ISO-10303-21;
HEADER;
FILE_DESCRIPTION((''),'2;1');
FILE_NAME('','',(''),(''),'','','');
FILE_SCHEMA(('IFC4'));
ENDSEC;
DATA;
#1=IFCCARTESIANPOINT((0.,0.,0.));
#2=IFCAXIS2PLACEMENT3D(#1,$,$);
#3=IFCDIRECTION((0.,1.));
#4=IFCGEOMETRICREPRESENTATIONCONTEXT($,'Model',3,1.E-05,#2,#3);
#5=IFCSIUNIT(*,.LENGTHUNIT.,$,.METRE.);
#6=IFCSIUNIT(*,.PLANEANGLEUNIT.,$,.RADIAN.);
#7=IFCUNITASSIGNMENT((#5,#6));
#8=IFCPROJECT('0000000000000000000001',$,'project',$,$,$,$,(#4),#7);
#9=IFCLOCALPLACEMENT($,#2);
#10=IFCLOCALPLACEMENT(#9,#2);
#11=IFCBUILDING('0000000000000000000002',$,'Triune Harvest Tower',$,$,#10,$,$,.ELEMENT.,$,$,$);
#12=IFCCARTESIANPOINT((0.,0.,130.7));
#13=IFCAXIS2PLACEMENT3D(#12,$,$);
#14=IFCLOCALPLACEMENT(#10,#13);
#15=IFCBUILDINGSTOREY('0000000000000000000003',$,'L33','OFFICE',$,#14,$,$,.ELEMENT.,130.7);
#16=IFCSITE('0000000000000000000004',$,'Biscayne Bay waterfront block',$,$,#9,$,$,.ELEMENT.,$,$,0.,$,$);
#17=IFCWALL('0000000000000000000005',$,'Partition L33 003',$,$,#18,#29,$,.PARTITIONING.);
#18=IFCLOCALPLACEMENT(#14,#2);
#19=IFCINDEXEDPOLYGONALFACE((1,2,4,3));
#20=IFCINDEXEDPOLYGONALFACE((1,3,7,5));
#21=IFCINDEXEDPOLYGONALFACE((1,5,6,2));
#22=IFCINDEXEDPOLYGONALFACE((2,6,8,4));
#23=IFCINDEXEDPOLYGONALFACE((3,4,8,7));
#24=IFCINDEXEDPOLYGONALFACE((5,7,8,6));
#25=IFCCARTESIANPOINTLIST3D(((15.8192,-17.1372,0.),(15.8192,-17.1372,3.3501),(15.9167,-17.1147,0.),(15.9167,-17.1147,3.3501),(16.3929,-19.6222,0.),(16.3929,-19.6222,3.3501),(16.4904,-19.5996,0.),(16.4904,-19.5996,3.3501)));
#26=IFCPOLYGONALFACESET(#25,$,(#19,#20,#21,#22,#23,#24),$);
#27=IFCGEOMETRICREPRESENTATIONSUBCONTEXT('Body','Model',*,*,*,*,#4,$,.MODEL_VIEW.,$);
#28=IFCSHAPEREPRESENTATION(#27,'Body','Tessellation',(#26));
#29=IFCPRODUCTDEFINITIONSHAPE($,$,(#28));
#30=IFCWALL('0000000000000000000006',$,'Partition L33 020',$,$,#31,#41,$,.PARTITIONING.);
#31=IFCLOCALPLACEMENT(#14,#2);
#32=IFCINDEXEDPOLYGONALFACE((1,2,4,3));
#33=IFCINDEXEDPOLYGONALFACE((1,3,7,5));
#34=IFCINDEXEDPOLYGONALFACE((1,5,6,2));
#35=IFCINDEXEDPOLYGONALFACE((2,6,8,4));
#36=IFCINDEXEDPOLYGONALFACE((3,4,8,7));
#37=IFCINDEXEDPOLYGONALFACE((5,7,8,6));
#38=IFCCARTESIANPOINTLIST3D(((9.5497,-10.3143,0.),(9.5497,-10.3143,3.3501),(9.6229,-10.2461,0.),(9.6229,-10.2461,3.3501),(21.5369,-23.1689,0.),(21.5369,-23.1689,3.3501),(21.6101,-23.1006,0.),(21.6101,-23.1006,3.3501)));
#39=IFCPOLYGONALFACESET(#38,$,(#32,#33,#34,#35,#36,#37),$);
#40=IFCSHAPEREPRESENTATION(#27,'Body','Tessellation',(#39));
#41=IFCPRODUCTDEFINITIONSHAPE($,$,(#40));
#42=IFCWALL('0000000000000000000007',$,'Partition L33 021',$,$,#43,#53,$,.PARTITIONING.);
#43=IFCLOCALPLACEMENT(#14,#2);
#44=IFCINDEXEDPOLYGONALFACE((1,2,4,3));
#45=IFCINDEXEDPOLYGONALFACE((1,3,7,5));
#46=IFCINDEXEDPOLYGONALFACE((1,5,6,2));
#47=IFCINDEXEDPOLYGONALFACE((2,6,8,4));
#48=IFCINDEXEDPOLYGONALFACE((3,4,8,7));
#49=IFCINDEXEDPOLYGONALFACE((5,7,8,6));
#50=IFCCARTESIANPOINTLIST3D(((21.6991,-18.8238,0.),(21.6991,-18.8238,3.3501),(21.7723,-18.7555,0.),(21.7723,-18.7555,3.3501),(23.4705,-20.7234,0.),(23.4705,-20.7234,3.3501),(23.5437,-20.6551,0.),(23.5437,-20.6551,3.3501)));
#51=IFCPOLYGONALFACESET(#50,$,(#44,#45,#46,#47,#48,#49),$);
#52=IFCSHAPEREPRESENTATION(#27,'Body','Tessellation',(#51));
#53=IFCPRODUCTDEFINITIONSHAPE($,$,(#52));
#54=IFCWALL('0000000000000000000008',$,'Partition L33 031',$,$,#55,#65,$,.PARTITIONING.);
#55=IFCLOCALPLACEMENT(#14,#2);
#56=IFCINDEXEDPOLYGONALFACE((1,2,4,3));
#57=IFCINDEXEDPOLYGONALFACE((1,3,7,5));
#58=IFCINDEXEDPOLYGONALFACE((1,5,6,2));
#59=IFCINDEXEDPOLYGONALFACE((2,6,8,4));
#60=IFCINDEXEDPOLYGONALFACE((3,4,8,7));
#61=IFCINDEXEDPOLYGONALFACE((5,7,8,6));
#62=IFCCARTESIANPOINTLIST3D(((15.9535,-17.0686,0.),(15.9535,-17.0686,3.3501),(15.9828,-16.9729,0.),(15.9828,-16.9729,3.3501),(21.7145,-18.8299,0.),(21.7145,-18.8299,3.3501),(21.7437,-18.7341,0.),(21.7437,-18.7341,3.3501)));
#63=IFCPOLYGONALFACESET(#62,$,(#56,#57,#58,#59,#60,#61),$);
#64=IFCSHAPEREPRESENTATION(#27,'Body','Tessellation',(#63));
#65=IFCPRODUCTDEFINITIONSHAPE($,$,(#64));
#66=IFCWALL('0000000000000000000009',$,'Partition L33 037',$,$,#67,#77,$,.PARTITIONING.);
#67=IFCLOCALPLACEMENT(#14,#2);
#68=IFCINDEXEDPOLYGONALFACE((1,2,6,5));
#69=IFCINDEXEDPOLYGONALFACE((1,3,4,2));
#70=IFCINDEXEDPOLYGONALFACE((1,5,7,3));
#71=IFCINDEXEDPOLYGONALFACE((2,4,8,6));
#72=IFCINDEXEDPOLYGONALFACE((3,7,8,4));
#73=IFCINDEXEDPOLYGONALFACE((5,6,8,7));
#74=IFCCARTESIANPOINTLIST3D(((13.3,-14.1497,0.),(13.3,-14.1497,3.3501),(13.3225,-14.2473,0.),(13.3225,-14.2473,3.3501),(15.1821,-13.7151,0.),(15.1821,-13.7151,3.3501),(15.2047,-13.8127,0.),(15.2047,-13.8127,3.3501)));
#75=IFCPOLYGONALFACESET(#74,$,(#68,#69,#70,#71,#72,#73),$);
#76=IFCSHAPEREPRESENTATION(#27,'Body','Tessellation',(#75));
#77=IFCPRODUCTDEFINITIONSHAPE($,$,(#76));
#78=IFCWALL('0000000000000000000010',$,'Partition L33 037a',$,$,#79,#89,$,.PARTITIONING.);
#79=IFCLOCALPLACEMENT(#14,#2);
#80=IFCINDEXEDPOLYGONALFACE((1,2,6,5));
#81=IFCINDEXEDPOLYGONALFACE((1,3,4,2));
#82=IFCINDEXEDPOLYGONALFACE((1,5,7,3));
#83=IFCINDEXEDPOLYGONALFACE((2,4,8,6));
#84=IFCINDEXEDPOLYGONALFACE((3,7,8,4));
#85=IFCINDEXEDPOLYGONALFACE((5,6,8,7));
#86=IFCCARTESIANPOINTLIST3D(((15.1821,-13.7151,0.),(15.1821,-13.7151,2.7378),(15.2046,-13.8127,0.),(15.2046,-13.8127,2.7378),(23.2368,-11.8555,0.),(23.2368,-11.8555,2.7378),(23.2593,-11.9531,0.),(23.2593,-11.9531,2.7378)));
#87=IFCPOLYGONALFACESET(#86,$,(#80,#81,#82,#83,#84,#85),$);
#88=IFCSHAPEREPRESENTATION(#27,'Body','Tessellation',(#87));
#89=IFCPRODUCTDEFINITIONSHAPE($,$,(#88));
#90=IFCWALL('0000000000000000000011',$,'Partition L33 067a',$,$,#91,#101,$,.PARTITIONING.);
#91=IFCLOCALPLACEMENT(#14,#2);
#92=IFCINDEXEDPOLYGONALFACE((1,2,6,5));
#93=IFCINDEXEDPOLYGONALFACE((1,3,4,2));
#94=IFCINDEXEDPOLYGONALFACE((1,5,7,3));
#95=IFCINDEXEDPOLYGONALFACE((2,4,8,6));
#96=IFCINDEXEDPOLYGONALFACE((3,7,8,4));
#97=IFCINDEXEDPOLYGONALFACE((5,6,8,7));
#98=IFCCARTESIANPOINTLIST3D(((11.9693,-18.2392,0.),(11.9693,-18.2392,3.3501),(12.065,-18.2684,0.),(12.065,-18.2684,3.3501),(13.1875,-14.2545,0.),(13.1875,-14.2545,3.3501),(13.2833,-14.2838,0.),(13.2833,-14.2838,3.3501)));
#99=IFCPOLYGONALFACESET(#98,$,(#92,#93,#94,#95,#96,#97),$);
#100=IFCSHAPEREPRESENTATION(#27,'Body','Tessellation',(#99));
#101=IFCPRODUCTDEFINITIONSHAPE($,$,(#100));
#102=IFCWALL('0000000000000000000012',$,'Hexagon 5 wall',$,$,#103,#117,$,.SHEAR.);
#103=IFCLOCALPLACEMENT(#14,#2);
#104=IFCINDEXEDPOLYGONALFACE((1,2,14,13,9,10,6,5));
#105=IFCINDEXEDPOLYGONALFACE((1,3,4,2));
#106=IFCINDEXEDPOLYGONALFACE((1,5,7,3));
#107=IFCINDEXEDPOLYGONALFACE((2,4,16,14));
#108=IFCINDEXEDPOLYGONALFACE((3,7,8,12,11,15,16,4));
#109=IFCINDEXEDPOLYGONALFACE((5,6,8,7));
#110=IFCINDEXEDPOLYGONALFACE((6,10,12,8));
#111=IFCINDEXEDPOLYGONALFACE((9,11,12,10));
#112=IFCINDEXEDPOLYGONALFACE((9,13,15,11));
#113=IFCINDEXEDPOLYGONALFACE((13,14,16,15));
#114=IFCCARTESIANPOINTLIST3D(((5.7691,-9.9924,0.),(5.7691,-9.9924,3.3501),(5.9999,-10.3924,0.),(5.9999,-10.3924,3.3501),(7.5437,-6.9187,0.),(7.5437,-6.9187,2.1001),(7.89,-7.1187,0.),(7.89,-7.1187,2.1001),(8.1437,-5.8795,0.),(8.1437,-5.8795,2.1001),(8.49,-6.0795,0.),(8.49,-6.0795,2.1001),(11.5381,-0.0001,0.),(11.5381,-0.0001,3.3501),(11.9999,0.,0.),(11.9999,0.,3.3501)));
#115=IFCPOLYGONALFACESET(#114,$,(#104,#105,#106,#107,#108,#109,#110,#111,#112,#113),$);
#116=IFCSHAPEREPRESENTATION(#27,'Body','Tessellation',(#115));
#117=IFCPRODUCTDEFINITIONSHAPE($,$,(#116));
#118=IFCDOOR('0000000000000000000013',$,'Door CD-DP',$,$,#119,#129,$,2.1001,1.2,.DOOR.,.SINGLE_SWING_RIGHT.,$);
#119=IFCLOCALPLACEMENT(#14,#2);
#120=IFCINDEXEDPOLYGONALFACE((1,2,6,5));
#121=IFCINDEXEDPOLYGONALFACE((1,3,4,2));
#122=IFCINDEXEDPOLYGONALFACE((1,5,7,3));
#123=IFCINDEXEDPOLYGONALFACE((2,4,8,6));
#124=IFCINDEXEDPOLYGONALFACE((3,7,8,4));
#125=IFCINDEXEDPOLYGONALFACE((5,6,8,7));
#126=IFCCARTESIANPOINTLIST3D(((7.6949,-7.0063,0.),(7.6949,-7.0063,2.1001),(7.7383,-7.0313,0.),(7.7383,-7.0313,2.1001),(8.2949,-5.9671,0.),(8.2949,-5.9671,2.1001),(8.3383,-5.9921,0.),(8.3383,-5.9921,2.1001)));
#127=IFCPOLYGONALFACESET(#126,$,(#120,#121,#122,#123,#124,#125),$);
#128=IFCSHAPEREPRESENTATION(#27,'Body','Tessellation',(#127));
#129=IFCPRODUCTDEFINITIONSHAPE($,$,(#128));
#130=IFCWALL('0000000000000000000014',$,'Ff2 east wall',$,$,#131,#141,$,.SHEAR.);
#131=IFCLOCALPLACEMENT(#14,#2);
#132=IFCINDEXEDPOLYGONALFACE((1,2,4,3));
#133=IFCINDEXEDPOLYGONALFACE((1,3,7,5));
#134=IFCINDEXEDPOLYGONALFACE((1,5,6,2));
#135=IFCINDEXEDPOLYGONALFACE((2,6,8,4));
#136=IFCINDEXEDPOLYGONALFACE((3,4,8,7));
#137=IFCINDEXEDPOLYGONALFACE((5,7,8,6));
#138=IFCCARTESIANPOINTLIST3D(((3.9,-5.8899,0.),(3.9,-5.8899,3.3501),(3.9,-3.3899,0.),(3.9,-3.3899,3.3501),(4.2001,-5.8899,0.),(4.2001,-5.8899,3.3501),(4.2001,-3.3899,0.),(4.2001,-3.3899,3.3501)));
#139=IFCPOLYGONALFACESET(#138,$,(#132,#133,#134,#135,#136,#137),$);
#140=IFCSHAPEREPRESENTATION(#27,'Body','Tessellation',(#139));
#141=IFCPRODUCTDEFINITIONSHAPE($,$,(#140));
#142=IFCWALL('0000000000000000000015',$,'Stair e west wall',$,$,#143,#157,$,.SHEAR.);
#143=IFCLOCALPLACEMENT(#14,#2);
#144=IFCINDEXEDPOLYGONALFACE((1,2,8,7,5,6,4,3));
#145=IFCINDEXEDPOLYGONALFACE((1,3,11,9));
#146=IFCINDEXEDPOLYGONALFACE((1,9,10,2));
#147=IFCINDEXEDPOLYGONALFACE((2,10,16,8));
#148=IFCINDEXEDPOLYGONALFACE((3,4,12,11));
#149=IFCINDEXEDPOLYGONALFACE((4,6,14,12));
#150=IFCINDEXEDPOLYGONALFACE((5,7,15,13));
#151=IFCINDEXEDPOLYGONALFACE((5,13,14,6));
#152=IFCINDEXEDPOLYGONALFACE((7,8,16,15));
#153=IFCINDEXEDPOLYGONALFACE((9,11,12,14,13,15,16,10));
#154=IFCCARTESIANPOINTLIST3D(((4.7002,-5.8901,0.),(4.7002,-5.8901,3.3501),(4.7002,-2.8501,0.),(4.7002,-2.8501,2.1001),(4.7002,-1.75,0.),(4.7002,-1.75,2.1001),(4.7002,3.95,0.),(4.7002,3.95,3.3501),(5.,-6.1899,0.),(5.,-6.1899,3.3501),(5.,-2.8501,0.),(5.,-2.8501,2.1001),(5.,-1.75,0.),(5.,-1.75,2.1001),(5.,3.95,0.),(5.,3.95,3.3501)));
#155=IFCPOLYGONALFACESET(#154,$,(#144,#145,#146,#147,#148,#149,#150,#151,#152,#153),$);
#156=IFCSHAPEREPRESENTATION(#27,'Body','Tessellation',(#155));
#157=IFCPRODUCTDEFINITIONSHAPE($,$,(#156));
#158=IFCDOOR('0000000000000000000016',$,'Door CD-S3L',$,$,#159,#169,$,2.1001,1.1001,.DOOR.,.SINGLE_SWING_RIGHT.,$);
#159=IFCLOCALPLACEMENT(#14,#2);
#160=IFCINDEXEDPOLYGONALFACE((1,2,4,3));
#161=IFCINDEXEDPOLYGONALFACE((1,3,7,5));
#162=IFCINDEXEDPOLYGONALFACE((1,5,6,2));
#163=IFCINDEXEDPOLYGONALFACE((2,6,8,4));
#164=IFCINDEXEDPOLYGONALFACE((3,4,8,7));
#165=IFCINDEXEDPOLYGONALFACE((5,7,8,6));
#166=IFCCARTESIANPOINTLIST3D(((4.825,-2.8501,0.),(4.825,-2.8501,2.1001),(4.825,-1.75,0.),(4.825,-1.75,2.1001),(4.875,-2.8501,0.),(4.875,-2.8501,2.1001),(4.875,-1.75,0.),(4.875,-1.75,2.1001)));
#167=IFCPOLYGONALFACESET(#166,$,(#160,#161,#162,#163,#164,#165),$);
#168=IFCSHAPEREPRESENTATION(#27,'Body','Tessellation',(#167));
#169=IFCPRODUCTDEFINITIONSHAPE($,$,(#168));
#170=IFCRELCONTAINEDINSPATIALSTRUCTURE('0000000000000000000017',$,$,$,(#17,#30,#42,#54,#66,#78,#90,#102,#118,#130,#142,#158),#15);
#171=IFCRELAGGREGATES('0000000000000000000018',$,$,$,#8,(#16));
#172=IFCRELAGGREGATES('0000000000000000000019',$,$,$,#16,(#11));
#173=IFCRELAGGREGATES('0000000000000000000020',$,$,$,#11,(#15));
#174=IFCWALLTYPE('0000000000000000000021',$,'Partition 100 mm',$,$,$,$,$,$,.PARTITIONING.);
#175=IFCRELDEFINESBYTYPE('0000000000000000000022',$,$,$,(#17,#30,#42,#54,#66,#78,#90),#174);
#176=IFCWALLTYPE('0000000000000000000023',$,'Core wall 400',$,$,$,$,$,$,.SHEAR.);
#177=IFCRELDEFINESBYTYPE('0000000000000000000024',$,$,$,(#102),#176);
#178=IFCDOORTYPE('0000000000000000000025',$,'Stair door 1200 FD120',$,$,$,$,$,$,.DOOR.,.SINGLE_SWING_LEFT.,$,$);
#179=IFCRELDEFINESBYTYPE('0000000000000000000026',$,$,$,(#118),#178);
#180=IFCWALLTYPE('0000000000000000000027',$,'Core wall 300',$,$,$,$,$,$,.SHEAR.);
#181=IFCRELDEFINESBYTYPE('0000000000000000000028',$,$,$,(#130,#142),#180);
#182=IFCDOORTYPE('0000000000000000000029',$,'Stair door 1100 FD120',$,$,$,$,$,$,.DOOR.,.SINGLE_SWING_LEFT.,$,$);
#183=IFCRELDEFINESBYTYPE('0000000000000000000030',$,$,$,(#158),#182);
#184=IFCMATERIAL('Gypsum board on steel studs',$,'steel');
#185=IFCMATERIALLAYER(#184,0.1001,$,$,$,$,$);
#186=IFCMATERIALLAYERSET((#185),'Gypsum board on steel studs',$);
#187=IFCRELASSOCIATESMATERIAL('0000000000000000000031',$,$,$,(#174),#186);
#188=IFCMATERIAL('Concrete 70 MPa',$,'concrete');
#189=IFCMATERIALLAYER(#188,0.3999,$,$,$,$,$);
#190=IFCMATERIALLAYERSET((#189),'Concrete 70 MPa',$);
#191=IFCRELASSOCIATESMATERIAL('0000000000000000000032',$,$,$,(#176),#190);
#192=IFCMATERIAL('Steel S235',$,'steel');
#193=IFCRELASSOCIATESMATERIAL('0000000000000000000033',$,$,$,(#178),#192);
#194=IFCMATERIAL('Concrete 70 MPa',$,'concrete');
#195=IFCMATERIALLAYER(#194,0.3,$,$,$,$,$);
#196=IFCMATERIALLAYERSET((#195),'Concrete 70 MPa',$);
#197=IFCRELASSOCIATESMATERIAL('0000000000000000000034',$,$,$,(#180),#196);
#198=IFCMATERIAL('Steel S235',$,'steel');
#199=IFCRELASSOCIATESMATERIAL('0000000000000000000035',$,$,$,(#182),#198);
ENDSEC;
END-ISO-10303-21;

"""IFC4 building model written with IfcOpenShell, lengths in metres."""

from ifc_helpers import new_model, si_unit, direction, frame, frame_2d, origin, place, context, subcontext, project, spatial, polyline, rectangle, outline, extrude, source, transform, mapped, material, layer, layer_set, type_object, element, fill, save


model = new_model("IFC4")

# Units and contexts
model_context = context("Model", 3, precision=1e-05, world=origin(), true_north=direction((0.0, 1.0)))
body_context = subcontext(model_context, "Body", "Model", "MODEL_VIEW")
ifc_project = project(units=[si_unit("LENGTHUNIT", "METRE"), si_unit("PLANEANGLEUNIT", "RADIAN")], contexts=[model_context])

# Site, building, storey
site_placement = place(None, origin())
site = spatial("IfcSite", under=ifc_project, at=site_placement, Name="Biscayne Bay waterfront block", CompositionType="ELEMENT", RefElevation=0.0)
building_placement = place(site_placement, origin())
building = spatial("IfcBuilding", under=site, at=building_placement, Name="Triune Harvest Tower", CompositionType="ELEMENT")
storey_placement = place(building_placement, frame((0.0, 0.0, 130.7)))
storey = spatial("IfcBuildingStorey", under=building, at=storey_placement, Name="L33", Description="OFFICE", CompositionType="ELEMENT", Elevation=130.7)

# Walls
ifc_material_1 = material(Name="Gypsum board on steel studs", Category="steel")
ifc_layer_1 = layer(ifc_material_1, 0.1001)
ifc_layer_set_1 = layer_set([ifc_layer_1], Name="Gypsum board on steel studs")
wall_type_1 = type_object("IfcWallType", Name="Partition 100 mm", PredefinedType="PARTITIONING", material=ifc_layer_set_1)
wall_1_placement = place(storey_placement, frame((15.8679, -17.126, 0.0), z_axis=(0.0, 0.0, 1.0), x_axis=(0.224971, -0.974365, 0.0)))
element("IfcWall", 1, at=wall_1_placement, inside=storey, type_object=wall_type_1, Name="Partition L33 003", PredefinedType="PARTITIONING", context=body_context, shape_type="SweptSolid", body=[
    extrude(rectangle(XDim=2.5503, YDim=0.1001, at=frame_2d((1.2751, 0.0))), origin(), (0.0, 0.0, 1.0), 3.3501),
])
wall_2_placement = place(storey_placement, frame((9.5864, -10.2803, 0.0), z_axis=(0.0, 0.0, 1.0), x_axis=(0.682, -0.731352, 0.0)))
element("IfcWall", 2, at=wall_2_placement, inside=storey, type_object=wall_type_1, Name="Partition L33 020", PredefinedType="PARTITIONING", context=body_context, shape_type="SweptSolid", body=[
    extrude(rectangle(XDim=17.5764, YDim=0.1001, at=frame_2d((8.7881, 0.0))), origin(), (0.0, 0.0, 1.0), 3.3501),
])
wall_3_placement = place(storey_placement, frame((21.7356, -18.7896, 0.0), z_axis=(0.0, 0.0, 1.0), x_axis=(0.682003, -0.731349, 0.0)))
element("IfcWall", 3, at=wall_3_placement, inside=storey, type_object=wall_type_1, Name="Partition L33 021", PredefinedType="PARTITIONING", context=body_context, shape_type="SweptSolid", body=[
    extrude(rectangle(XDim=2.5974, YDim=0.1001, at=frame_2d((1.2988, 0.0))), origin(), (0.0, 0.0, 1.0), 3.3501),
])
wall_4_placement = place(storey_placement, frame((15.968, -17.0208, 0.0), z_axis=(0.0, 0.0, 1.0), x_axis=(0.956308, -0.29236, 0.0)))
element("IfcWall", 4, at=wall_4_placement, inside=storey, type_object=wall_type_1, Name="Partition L33 031", PredefinedType="PARTITIONING", context=body_context, shape_type="SweptSolid", body=[
    extrude(rectangle(XDim=6.0242, YDim=0.1001, at=frame_2d((3.0122, 0.0))), origin(), (0.0, 0.0, 1.0), 3.3501),
])
wall_5_placement = place(storey_placement, frame((13.3113, -14.1985, 0.0), z_axis=(0.0, 0.0, 1.0), x_axis=(0.974363, 0.22498, 0.0)))
element("IfcWall", 5, at=wall_5_placement, inside=storey, type_object=wall_type_1, Name="Partition L33 037", PredefinedType="PARTITIONING", context=body_context, shape_type="SweptSolid", body=[
    extrude(rectangle(XDim=1.9316, YDim=0.1001, at=frame_2d((0.9658, 0.0))), origin(), (0.0, 0.0, 1.0), 3.3501),
])
wall_6_placement = place(storey_placement, frame((15.1934, -13.7639, 0.0), z_axis=(0.0, 0.0, 1.0), x_axis=(0.974369, 0.224957, 0.0)))
element("IfcWall", 6, at=wall_6_placement, inside=storey, type_object=wall_type_1, Name="Partition L33 037a", PredefinedType="PARTITIONING", context=body_context, shape_type="SweptSolid", body=[
    extrude(rectangle(XDim=8.2666, YDim=0.1001, at=frame_2d((4.1333, 0.0))), origin(), (0.0, 0.0, 1.0), 2.7378),
])
wall_7_placement = place(storey_placement, frame((12.0171, -18.2539, 0.0), z_axis=(0.0, 0.0, 1.0), x_axis=(0.292381, 0.956302, 0.0)))
element("IfcWall", 7, at=wall_7_placement, inside=storey, type_object=wall_type_1, Name="Partition L33 067a", PredefinedType="PARTITIONING", context=body_context, shape_type="SweptSolid", body=[
    extrude(rectangle(XDim=4.1667, YDim=0.1001, at=frame_2d((2.0835, 0.0))), origin(), (0.0, 0.0, 1.0), 3.3501),
])

# Wall, opening, door
ifc_material_2 = material(Name="Concrete 70 MPa", Category="concrete")
ifc_layer_2 = layer(ifc_material_2, 0.3999)
ifc_layer_set_2 = layer_set([ifc_layer_2], Name="Concrete 70 MPa")
wall_type_2 = type_object("IfcWallType", Name="Core wall 400", PredefinedType="SHEAR", material=ifc_layer_set_2)
shared_shape_1 = source(origin(), body_context, "Body", "SweptSolid", [
    extrude(outline(polyline([(-0.1155, -0.2), (11.8845, -0.2), (11.6536, 0.2), (0.1155, 0.2), (-0.1155, -0.2)])), origin(), (0.0, 0.0, 1.0), 3.3501),
])
wall_8_placement = place(storey_placement, frame((5.8845, -10.1924, 0.0), z_axis=(0.0, 0.0, 1.0), x_axis=(0.499997, 0.866027, 0.0)))
wall_8 = element("IfcWall", 8, at=wall_8_placement, inside=storey, type_object=wall_type_2, Name="Hexagon 5 wall", PredefinedType="SHEAR", context=body_context, shape_type="MappedRepresentation", body=[
    mapped(shared_shape_1, transform((0.0, 0.0, 0.0), scale=1.0)),
])
opening_1_placement = place(wall_8_placement, frame((3.6646, 0.0, 0.0)))
opening_1 = element("IfcOpeningElement", 9, at=opening_1_placement, cuts=wall_8, PredefinedType="OPENING", context=body_context, shape_type="SweptSolid", body=[
    extrude(rectangle(XDim=1.2, YDim=2.1001, at=frame_2d((0.6001, 1.05))), frame((0.0, 0.21, 0.0), z_axis=(0.0, -1.0, 0.0), x_axis=(1.0, 0.0, 0.0)), (0.0, 0.0, 1.0), 0.4199),
])
ifc_material_3 = material(Name="Steel S235", Category="steel")
door_type_1 = type_object("IfcDoorType", Name="Stair door 1200 FD120", OperationType="SINGLE_SWING_LEFT", PredefinedType="DOOR", material=ifc_material_3)
door_1_placement = place(opening_1_placement, frame((1.2, 0.0, 0.0), z_axis=(0.0, 0.0, 1.0), x_axis=(-1.0, 0.0, 0.0)))
door_1 = element("IfcDoor", 10, at=door_1_placement, inside=storey, type_object=door_type_1, Name="Door CD-DP", OperationType="SINGLE_SWING_RIGHT", OverallHeight=2.1001, OverallWidth=1.2, PredefinedType="DOOR", context=body_context, shape_type="SweptSolid", body=[
    extrude(rectangle(XDim=1.2, YDim=2.1001, at=frame_2d((0.6001, 1.05))), frame((0.0, 0.0249, 0.0), z_axis=(0.0, -1.0, 0.0), x_axis=(1.0, 0.0, 0.0)), (0.0, 0.0, 1.0), 0.05),
])
fill(opening_1, door_1)

# Wall
ifc_material_4 = material(Name="Concrete 70 MPa", Category="concrete")
ifc_layer_3 = layer(ifc_material_4, 0.3)
ifc_layer_set_3 = layer_set([ifc_layer_3], Name="Concrete 70 MPa")
wall_type_3 = type_object("IfcWallType", Name="Core wall 300", PredefinedType="SHEAR", material=ifc_layer_set_3)
shared_shape_2 = source(origin(), body_context, "Body", "SweptSolid", [
    extrude(rectangle(XDim=2.5, YDim=0.3, at=frame_2d((1.25, 0.0))), origin(), (0.0, 0.0, 1.0), 3.3501),
])
wall_9_placement = place(storey_placement, frame((4.05, -5.8899, 0.0), z_axis=(0.0, 0.0, 1.0), x_axis=(0.0, 1.0, 0.0)))
element("IfcWall", 11, at=wall_9_placement, inside=storey, type_object=wall_type_3, Name="Ff2 east wall", PredefinedType="SHEAR", context=body_context, shape_type="MappedRepresentation", body=[
    mapped(shared_shape_2, transform((0.0, 0.0, 0.0), scale=1.0)),
])

# Wall, opening, door
shared_shape_3 = source(origin(), body_context, "Body", "SweptSolid", [
    extrude(outline(polyline([(-0.1499, -0.1499), (9.99, -0.1499), (9.99, 0.1499), (0.1499, 0.1499), (-0.1499, -0.1499)])), origin(), (0.0, 0.0, 1.0), 3.3501),
])
wall_10_placement = place(storey_placement, frame((4.8501, -6.04, 0.0), z_axis=(0.0, 0.0, 1.0), x_axis=(0.0, 1.0, 0.0)))
wall_10 = element("IfcWall", 12, at=wall_10_placement, inside=storey, type_object=wall_type_3, Name="Stair e west wall", PredefinedType="SHEAR", context=body_context, shape_type="MappedRepresentation", body=[
    mapped(shared_shape_3, transform((0.0, 0.0, 0.0), scale=1.0)),
])
opening_2_placement = place(wall_10_placement, frame((3.1899, 0.0, 0.0)))
opening_2 = element("IfcOpeningElement", 13, at=opening_2_placement, cuts=wall_10, PredefinedType="OPENING", context=body_context, shape_type="SweptSolid", body=[
    extrude(rectangle(XDim=1.1001, YDim=2.1001, at=frame_2d((0.55, 1.05))), frame((0.0, 0.1602, 0.0), z_axis=(0.0, -1.0, 0.0), x_axis=(1.0, 0.0, 0.0)), (0.0, 0.0, 1.0), 0.3201),
])
ifc_material_5 = material(Name="Steel S235", Category="steel")
door_type_2 = type_object("IfcDoorType", Name="Stair door 1100 FD120", OperationType="SINGLE_SWING_LEFT", PredefinedType="DOOR", material=ifc_material_5)
door_2_placement = place(opening_2_placement, frame((1.1001, 0.0, 0.0), z_axis=(0.0, 0.0, 1.0), x_axis=(-1.0, 0.0, 0.0)))
door_2 = element("IfcDoor", 14, at=door_2_placement, inside=storey, type_object=door_type_2, Name="Door CD-S3L", OperationType="SINGLE_SWING_RIGHT", OverallHeight=2.1001, OverallWidth=1.1001, PredefinedType="DOOR", context=body_context, shape_type="SweptSolid", body=[
    extrude(rectangle(XDim=1.1001, YDim=2.1001, at=frame_2d((0.55, 1.05))), frame((0.0, 0.0249, 0.0), z_axis=(0.0, -1.0, 0.0), x_axis=(1.0, 0.0, 0.0)), (0.0, 0.0, 1.0), 0.05),
])
fill(opening_2, door_2)

save(model, "model.ifc")
